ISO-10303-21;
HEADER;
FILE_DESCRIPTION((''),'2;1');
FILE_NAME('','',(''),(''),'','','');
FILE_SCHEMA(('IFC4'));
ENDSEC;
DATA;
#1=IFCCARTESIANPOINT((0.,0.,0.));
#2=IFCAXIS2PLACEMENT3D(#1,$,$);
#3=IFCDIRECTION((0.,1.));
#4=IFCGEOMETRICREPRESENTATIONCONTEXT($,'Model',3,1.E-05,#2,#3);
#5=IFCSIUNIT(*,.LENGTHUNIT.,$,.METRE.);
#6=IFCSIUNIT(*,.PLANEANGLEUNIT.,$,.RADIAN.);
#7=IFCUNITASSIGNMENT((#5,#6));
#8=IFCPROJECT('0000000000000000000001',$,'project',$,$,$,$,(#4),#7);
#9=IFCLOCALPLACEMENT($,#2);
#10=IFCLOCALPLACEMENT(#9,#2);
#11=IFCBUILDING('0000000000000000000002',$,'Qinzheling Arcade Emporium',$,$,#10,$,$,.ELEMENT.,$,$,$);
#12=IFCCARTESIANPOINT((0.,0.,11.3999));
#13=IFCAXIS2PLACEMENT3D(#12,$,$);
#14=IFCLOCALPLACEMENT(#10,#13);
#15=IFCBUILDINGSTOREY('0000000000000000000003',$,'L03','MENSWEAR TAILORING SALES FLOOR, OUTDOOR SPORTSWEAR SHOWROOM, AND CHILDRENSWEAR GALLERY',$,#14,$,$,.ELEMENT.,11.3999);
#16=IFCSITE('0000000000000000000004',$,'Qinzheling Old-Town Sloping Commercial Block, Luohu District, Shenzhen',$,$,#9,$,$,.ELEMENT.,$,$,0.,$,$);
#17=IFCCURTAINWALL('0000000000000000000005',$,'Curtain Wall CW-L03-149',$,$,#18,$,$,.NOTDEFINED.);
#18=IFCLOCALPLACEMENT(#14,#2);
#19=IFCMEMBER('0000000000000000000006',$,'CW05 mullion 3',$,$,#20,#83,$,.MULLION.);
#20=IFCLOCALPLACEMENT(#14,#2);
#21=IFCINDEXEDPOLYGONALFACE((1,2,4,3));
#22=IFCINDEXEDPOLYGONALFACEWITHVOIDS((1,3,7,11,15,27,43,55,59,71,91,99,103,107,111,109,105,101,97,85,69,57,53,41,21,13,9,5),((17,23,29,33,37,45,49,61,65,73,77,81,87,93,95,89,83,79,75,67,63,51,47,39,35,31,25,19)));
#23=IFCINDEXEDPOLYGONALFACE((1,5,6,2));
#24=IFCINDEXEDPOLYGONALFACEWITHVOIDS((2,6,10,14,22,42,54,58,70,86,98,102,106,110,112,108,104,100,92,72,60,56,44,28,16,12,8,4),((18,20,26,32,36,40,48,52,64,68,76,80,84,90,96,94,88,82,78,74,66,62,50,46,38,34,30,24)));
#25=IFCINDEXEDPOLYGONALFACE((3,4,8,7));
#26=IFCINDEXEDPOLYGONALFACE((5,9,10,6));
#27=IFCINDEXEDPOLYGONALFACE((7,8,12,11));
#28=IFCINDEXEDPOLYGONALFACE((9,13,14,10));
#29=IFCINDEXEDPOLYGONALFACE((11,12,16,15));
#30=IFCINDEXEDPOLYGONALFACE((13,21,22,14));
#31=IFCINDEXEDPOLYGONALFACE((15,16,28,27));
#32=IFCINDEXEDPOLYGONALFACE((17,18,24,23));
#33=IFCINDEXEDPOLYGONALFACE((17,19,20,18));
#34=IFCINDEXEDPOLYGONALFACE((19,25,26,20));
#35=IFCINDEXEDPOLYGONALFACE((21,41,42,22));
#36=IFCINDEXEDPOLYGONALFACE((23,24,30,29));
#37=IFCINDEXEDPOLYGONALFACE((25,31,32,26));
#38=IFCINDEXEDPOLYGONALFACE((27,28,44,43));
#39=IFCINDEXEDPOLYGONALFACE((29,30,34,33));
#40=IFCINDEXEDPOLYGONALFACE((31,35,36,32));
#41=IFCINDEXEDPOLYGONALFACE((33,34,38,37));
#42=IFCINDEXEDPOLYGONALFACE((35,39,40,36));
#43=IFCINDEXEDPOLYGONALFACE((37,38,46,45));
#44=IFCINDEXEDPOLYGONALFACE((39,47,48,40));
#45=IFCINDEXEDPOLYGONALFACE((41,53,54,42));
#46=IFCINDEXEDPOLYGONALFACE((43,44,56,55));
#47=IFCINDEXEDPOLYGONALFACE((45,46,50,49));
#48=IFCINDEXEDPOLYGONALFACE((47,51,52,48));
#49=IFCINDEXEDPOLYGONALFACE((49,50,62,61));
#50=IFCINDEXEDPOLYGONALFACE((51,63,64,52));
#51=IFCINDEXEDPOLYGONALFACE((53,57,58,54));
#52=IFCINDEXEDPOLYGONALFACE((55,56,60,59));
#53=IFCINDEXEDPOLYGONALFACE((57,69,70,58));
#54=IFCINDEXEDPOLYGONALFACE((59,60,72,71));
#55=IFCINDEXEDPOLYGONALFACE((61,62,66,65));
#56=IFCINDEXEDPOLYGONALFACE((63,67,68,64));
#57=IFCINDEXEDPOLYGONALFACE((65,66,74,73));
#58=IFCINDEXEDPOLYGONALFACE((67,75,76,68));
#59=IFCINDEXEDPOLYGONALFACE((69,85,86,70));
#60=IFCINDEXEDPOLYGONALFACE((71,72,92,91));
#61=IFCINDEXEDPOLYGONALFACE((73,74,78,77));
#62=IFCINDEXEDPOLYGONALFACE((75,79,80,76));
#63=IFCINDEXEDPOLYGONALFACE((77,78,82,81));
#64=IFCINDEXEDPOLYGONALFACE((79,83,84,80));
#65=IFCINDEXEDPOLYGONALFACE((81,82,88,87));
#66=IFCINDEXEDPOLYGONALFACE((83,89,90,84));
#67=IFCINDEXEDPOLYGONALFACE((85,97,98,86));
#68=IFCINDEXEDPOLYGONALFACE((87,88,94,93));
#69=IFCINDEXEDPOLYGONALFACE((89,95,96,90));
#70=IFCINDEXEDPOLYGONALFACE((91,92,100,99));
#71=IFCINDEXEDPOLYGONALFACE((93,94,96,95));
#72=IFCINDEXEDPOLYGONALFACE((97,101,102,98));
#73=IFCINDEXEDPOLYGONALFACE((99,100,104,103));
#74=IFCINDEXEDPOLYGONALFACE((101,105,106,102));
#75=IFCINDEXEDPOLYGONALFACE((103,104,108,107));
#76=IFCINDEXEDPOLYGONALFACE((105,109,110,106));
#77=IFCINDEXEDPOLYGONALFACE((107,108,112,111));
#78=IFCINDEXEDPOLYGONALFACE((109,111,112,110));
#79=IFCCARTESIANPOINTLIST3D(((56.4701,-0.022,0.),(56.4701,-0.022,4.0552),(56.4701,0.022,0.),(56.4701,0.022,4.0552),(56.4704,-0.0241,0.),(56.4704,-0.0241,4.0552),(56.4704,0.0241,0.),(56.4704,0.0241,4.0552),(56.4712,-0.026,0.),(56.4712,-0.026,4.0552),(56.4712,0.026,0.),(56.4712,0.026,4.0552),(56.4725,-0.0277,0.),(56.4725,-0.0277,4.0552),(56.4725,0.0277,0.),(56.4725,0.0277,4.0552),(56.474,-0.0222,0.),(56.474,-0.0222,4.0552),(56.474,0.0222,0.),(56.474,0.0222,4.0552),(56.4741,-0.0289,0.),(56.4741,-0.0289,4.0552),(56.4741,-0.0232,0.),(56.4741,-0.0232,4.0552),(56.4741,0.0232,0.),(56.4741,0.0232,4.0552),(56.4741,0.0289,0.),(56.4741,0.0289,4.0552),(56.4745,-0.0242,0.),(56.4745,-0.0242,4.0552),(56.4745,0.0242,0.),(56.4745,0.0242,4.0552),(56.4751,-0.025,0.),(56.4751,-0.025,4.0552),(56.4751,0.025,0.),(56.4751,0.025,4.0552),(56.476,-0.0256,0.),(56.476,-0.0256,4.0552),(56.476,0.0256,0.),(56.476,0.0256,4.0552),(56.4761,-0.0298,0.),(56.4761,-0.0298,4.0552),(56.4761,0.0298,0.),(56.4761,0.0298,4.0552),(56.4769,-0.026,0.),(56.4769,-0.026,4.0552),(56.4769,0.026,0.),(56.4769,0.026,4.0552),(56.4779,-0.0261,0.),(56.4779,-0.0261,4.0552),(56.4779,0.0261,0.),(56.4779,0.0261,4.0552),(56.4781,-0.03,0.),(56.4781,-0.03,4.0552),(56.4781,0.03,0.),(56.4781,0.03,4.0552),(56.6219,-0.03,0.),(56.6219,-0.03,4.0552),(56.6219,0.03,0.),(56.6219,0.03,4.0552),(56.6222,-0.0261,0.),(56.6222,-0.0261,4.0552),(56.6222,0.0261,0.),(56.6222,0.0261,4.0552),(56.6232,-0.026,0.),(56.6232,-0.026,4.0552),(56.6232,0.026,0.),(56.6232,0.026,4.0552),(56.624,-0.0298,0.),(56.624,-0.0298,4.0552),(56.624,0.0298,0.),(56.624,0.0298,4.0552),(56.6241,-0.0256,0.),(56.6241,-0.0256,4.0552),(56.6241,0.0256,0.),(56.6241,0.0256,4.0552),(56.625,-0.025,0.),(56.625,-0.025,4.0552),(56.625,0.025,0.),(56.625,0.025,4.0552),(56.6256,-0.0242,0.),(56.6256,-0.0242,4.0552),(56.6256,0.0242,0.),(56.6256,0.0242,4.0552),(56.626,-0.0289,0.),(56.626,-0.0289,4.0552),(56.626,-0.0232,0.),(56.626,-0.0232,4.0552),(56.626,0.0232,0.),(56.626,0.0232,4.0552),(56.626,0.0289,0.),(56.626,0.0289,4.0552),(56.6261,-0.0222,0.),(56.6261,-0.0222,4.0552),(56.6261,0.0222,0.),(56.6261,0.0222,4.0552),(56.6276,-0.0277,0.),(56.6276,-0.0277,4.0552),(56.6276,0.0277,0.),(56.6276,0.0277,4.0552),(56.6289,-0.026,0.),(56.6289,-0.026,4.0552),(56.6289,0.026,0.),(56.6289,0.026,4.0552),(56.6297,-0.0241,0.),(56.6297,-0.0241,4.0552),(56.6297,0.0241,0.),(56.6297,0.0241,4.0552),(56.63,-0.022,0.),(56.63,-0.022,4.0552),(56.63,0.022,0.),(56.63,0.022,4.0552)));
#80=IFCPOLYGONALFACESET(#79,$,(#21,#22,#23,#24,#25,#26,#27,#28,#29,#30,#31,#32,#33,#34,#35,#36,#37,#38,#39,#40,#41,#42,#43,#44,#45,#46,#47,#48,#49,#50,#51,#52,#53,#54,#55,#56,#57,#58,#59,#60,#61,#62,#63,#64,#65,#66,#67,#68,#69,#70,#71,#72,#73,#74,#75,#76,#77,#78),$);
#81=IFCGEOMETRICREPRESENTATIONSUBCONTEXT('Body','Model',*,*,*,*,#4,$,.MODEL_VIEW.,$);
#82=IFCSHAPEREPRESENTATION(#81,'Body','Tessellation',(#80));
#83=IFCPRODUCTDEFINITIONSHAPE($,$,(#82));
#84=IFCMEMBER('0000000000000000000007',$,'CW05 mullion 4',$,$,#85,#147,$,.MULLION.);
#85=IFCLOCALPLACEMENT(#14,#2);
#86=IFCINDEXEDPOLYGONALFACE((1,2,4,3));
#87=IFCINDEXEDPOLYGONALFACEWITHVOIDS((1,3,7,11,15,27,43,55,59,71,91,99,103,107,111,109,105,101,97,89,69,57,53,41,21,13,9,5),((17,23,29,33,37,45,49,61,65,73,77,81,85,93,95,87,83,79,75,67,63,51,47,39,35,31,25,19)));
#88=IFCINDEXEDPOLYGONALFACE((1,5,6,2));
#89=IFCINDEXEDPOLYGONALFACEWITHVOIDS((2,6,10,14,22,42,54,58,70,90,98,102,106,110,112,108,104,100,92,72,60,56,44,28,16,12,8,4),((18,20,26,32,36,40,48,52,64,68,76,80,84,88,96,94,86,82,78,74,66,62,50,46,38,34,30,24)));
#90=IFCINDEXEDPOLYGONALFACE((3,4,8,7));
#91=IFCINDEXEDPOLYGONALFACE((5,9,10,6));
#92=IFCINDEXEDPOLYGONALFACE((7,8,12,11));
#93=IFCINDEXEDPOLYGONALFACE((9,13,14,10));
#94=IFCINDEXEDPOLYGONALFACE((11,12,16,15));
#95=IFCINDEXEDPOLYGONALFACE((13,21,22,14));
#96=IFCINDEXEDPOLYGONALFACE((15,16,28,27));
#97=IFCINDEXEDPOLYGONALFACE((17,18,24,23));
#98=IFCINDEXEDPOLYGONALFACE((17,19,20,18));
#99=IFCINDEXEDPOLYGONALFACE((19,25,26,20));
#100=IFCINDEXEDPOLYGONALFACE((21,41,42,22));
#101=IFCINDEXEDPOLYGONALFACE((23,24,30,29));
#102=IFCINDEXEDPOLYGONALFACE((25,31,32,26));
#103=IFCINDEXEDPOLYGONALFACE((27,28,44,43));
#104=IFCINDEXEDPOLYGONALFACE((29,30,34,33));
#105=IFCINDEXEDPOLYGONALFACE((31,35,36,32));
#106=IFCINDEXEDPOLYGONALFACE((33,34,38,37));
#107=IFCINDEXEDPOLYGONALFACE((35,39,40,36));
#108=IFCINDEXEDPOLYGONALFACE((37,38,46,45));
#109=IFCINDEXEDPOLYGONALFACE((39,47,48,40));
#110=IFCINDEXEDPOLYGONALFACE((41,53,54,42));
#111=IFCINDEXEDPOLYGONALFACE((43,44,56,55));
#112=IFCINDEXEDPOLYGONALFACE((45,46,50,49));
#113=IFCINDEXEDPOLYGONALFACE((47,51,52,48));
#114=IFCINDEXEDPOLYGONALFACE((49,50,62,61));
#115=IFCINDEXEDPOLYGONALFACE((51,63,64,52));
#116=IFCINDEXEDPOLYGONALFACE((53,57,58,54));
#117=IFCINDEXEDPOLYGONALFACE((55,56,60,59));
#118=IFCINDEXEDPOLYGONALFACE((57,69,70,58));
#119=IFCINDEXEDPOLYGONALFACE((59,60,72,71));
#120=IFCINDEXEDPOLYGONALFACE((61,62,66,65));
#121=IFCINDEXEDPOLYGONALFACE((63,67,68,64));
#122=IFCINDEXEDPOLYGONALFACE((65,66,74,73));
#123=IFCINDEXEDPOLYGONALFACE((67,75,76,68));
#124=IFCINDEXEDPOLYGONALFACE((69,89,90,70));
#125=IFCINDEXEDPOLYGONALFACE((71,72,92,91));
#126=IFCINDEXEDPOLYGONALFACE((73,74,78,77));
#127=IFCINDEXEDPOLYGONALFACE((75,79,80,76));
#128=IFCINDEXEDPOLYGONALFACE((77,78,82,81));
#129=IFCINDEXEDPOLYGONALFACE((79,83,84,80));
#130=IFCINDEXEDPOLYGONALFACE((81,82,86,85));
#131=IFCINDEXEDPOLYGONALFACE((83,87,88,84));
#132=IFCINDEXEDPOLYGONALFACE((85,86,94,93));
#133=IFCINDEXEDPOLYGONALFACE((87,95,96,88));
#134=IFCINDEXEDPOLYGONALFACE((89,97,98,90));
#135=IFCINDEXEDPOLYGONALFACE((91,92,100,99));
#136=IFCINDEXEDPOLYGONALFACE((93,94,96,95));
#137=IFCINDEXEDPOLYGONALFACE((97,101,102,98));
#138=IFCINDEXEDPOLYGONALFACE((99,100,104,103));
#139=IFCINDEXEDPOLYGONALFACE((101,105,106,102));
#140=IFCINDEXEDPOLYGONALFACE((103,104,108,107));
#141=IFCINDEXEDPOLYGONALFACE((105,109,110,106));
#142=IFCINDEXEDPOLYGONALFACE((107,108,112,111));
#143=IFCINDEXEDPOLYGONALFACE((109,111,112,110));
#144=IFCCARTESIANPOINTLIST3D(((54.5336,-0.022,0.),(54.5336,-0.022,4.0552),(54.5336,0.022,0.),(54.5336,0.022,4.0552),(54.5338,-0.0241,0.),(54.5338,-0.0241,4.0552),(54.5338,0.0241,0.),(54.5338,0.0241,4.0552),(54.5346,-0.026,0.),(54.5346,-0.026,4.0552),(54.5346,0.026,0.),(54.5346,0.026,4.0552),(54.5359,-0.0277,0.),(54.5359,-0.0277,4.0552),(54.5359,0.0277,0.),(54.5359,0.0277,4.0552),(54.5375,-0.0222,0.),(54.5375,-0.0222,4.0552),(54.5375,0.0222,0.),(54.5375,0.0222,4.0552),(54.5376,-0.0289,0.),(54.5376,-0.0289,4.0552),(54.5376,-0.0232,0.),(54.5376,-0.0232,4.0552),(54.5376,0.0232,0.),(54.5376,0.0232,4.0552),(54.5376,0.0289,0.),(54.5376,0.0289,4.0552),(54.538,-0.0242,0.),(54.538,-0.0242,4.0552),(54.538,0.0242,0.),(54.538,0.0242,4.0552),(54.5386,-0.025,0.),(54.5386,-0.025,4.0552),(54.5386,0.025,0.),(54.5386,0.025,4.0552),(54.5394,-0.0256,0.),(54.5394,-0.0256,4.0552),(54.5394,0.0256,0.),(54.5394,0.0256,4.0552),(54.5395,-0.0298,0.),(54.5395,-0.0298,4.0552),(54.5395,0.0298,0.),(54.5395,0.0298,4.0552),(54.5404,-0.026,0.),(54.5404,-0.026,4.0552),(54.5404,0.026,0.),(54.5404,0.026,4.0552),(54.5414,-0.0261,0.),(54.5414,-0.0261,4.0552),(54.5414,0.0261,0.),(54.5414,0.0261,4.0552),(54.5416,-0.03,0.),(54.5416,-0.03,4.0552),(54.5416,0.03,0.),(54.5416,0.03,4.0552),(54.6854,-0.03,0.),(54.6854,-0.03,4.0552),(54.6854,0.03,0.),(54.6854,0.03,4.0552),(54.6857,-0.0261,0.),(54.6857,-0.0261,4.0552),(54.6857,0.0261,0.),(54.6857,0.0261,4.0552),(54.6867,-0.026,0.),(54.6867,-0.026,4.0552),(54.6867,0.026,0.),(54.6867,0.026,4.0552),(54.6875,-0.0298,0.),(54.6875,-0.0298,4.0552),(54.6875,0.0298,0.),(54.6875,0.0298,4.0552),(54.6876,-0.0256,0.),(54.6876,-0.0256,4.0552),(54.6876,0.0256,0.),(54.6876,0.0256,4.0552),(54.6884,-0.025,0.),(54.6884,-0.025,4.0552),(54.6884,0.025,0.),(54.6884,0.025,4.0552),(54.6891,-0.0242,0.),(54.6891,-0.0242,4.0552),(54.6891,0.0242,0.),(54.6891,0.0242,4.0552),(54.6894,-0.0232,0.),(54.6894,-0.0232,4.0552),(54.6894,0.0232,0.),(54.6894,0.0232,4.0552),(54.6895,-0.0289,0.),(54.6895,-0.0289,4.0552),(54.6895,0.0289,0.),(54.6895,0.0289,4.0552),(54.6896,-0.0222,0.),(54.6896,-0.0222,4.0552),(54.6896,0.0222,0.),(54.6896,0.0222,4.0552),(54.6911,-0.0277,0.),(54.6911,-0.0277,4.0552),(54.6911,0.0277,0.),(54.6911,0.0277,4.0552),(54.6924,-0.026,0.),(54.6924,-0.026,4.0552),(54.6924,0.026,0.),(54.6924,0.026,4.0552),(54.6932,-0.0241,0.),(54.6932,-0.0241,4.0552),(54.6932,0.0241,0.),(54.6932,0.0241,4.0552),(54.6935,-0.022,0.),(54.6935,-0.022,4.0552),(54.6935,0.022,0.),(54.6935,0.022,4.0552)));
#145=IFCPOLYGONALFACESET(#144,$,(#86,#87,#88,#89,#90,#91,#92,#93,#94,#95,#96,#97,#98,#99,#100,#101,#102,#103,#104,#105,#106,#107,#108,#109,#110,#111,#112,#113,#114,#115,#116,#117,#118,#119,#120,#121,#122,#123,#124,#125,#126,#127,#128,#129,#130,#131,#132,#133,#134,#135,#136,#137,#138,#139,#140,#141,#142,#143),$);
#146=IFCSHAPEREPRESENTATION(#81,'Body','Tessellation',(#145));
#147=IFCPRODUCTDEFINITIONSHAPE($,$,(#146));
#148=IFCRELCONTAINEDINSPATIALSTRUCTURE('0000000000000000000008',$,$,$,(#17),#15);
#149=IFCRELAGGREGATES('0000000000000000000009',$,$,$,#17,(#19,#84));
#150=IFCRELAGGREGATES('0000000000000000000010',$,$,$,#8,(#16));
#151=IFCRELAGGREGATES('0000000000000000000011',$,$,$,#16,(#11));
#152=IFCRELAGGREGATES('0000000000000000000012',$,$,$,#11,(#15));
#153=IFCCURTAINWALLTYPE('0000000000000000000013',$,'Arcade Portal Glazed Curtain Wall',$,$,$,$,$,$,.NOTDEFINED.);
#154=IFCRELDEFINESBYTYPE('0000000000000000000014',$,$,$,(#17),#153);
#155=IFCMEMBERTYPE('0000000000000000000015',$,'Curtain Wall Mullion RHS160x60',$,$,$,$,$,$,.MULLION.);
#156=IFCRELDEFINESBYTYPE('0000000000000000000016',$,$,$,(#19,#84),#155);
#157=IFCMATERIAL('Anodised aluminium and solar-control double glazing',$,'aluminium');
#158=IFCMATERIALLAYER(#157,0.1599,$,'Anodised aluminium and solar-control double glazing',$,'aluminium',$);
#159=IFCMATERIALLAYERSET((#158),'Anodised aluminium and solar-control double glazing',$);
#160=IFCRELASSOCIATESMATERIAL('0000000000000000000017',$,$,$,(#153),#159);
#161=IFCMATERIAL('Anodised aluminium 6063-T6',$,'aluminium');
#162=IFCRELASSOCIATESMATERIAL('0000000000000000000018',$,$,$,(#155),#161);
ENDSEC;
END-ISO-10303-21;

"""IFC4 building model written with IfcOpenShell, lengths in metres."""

from ifc_helpers import new_model, si_unit, direction, frame, origin, origin_2d, place, context, subcontext, project, spatial, hollow_rectangle, extrude, material, layer, layer_set, material_profile, profile_set, type_object, element, aggregate, save


model = new_model("IFC4")

# Units and contexts
model_context = context("Model", 3, precision=1e-05, world=origin(), true_north=direction((0.0, 1.0)))
body_context = subcontext(model_context, "Body", "Model", "MODEL_VIEW")
ifc_project = project(units=[si_unit("LENGTHUNIT", "METRE"), si_unit("PLANEANGLEUNIT", "RADIAN")], contexts=[model_context])

# Site, building, storey
site_placement = place(None, origin())
site = spatial("IfcSite", under=ifc_project, at=site_placement, Name="Qinzheling Old-Town Sloping Commercial Block, Luohu District, Shenzhen", CompositionType="ELEMENT", RefElevation=0.0)
building_placement = place(site_placement, origin())
building = spatial("IfcBuilding", under=site, at=building_placement, Name="Qinzheling Arcade Emporium", CompositionType="ELEMENT")
storey_placement = place(building_placement, frame((0.0, 0.0, 11.3999)))
storey = spatial("IfcBuildingStorey", under=building, at=storey_placement, Name="L03", Description="MENSWEAR TAILORING SALES FLOOR, OUTDOOR SPORTSWEAR SHOWROOM, AND CHILDRENSWEAR GALLERY", CompositionType="ELEMENT", Elevation=11.3999)

# Curtain wall, members
ifc_material_1 = material(Name="Anodised aluminium and solar-control double glazing", Category="aluminium")
ifc_layer_1 = layer(ifc_material_1, 0.1599, Name="Anodised aluminium and solar-control double glazing", Category="aluminium")
ifc_layer_set_1 = layer_set([ifc_layer_1], Name="Anodised aluminium and solar-control double glazing")
curtain_wall_type = type_object("IfcCurtainWallType", Name="Arcade Portal Glazed Curtain Wall", PredefinedType="NOTDEFINED", material=ifc_layer_set_1)
curtain_wall_1_placement = place(storey_placement, origin())
curtain_wall_1 = element("IfcCurtainWall", 1, at=curtain_wall_1_placement, inside=storey, type_object=curtain_wall_type, Name="Curtain Wall CW-L03-149", PredefinedType="NOTDEFINED")
ifc_material_2 = material(Name="Anodised aluminium 6063-T6", Category="aluminium")
ifc_material_profile_1 = material_profile(ifc_material_2, hollow_rectangle(XDim=0.0601, YDim=0.1599, WallThickness=0.0039, InnerFilletRadius=0.0039, OuterFilletRadius=0.0081, at=origin_2d()), Name="RHS 160x60x4", Category="aluminium")
ifc_profile_set_1 = profile_set([ifc_material_profile_1], Name="Anodised aluminium 6063-T6")
member_type_1 = type_object("IfcMemberType", Name="Curtain Wall Mullion RHS160x60", PredefinedType="MULLION", material=ifc_profile_set_1)
member_1_placement = place(storey_placement, frame((56.55, 0.0, 0.0), z_axis=(0.0, 0.0, 1.0), x_axis=(0.0, -1.0, 0.0)))
member_1 = element("IfcMember", 2, at=member_1_placement, type_object=member_type_1, Name="CW05 mullion 3", PredefinedType="MULLION", context=body_context, shape_type="SweptSolid", body=[
    extrude(hollow_rectangle(XDim=0.0601, YDim=0.1599, WallThickness=0.0039, InnerFilletRadius=0.0039, OuterFilletRadius=0.0081, at=origin_2d()), origin(), (0.0, 0.0, 1.0), 4.0552),
])
member_2_placement = place(storey_placement, frame((54.6135, 0.0, 0.0), z_axis=(0.0, 0.0, 1.0), x_axis=(0.0, -1.0, 0.0)))
member_2 = element("IfcMember", 3, at=member_2_placement, type_object=member_type_1, Name="CW05 mullion 4", PredefinedType="MULLION", context=body_context, shape_type="SweptSolid", body=[
    extrude(hollow_rectangle(XDim=0.0601, YDim=0.1599, WallThickness=0.0039, InnerFilletRadius=0.0039, OuterFilletRadius=0.0081, at=origin_2d()), origin(), (0.0, 0.0, 1.0), 4.0552),
])

aggregate(curtain_wall_1, [member_1, member_2])

save(model, "model.ifc")
